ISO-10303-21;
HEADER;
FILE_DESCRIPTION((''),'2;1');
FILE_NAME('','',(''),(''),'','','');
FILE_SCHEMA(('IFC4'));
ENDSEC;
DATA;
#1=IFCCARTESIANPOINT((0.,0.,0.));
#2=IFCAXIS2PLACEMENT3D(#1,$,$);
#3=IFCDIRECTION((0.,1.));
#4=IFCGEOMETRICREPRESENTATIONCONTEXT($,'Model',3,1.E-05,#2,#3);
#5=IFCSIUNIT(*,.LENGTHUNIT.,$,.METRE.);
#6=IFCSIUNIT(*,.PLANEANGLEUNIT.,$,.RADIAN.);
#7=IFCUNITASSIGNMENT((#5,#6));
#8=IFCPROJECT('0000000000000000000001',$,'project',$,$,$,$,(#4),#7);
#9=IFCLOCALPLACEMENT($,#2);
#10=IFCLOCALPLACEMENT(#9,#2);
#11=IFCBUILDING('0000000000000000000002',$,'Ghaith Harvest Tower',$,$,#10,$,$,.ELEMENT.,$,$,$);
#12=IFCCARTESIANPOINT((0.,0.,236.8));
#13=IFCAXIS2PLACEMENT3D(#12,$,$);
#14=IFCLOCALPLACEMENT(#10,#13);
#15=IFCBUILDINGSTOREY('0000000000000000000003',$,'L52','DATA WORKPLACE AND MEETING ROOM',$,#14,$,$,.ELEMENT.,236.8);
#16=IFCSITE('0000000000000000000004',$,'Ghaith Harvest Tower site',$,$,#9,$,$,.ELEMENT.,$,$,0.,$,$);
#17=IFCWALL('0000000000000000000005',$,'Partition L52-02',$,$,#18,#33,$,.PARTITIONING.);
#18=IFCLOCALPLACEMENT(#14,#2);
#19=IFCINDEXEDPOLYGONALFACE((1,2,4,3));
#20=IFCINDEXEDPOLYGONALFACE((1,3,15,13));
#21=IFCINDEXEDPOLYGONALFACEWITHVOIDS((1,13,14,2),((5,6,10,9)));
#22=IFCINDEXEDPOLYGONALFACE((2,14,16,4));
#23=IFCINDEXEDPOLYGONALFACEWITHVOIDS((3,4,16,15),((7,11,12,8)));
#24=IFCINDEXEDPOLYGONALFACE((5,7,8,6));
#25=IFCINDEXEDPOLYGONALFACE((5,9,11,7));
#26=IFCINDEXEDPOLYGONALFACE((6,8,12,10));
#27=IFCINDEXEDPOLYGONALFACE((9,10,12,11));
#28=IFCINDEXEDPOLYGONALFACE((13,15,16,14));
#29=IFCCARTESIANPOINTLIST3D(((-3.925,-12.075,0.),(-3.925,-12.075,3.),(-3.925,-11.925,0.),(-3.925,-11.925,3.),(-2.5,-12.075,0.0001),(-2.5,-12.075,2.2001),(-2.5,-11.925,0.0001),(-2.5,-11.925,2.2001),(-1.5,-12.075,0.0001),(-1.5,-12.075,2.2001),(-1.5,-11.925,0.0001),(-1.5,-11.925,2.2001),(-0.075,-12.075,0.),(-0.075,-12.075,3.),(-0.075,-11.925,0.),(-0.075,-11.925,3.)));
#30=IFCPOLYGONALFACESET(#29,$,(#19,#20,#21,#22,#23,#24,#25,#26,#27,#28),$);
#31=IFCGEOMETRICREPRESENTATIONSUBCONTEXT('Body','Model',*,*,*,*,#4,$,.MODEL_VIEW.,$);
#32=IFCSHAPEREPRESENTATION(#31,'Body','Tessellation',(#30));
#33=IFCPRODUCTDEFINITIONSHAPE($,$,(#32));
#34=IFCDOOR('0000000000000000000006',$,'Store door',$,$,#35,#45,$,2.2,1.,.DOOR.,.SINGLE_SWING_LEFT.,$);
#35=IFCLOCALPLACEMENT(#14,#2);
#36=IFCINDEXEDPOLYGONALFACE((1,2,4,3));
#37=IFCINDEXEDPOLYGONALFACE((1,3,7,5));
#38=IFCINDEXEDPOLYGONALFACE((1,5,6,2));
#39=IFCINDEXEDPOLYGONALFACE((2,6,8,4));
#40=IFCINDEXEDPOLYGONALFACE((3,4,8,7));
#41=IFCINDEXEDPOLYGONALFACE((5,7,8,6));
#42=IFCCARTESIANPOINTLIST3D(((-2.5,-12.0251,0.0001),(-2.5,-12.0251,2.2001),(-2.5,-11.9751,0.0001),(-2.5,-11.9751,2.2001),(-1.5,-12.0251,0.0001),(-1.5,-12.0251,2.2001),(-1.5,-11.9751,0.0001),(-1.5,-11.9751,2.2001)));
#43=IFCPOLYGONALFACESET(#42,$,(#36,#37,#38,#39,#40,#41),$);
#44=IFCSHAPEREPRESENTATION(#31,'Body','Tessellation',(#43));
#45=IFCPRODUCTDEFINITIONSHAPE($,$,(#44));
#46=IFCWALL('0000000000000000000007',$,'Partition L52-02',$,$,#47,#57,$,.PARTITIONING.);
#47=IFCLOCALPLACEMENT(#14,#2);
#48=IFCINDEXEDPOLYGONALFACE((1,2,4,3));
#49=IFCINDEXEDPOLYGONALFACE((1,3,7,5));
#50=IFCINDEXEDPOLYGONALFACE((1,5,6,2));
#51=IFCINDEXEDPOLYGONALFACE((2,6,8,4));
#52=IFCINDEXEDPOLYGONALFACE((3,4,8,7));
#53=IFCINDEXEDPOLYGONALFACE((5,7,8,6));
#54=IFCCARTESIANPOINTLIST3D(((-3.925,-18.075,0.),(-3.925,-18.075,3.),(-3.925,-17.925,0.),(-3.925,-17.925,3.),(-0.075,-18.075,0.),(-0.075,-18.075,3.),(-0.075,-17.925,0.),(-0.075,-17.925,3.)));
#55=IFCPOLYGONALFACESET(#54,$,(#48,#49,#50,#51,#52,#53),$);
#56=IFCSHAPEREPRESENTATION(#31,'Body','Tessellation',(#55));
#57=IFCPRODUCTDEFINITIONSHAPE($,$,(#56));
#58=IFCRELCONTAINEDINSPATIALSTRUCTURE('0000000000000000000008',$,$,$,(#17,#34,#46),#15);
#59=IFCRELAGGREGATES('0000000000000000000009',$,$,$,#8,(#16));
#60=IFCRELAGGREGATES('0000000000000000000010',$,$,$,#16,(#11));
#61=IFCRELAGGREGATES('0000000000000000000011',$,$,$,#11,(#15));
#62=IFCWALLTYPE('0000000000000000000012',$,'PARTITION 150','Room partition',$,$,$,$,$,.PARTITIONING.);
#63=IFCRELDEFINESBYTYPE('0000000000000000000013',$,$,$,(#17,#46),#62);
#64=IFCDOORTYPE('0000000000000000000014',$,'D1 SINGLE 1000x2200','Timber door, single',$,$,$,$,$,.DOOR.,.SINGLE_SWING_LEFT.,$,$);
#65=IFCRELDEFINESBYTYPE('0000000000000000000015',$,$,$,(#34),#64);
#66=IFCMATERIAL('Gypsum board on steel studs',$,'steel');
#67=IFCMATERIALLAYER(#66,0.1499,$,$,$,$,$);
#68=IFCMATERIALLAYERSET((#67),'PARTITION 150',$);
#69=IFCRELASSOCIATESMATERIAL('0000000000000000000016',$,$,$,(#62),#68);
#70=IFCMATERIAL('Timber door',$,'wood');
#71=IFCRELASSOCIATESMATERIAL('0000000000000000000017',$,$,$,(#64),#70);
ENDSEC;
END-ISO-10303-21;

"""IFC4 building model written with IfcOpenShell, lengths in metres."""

from ifc_helpers import new_model, si_unit, direction, frame, frame_2d, origin, place, context, subcontext, project, spatial, rectangle, extrude, material, layer, layer_set, type_object, element, fill, save


model = new_model("IFC4")

# Units and contexts
model_context = context("Model", 3, precision=1e-05, world=origin(), true_north=direction((0.0, 1.0)))
body_context = subcontext(model_context, "Body", "Model", "MODEL_VIEW")
ifc_project = project(units=[si_unit("LENGTHUNIT", "METRE"), si_unit("PLANEANGLEUNIT", "RADIAN")], contexts=[model_context])

# Site, building, storey
site_placement = place(None, origin())
site = spatial("IfcSite", under=ifc_project, at=site_placement, Name="Ghaith Harvest Tower site", CompositionType="ELEMENT", RefElevation=0.0)
building_placement = place(site_placement, origin())
building = spatial("IfcBuilding", under=site, at=building_placement, Name="Ghaith Harvest Tower", CompositionType="ELEMENT")
storey_placement = place(building_placement, frame((0.0, 0.0, 236.8)))
storey = spatial("IfcBuildingStorey", under=building, at=storey_placement, Name="L52", Description="DATA WORKPLACE AND MEETING ROOM", CompositionType="ELEMENT", Elevation=236.8)

# Shared definitions
ifc_material_1 = material(Name="Gypsum board on steel studs", Category="steel")
ifc_layer_1 = layer(ifc_material_1, 0.1499)
ifc_layer_set_1 = layer_set([ifc_layer_1], Name="PARTITION 150")
wall_type = type_object("IfcWallType", Name="PARTITION 150", Description="Room partition", PredefinedType="PARTITIONING", material=ifc_layer_set_1)

# Wall, opening, door
wall_1_placement = place(storey_placement, frame((-3.925, -12.0, 0.0), z_axis=(0.0, 0.0, 1.0), x_axis=(1.0, 0.0, 0.0)))
wall_1 = element("IfcWall", 1, at=wall_1_placement, inside=storey, type_object=wall_type, Name="Partition L52-02", PredefinedType="PARTITIONING", context=body_context, shape_type="SweptSolid", body=[
    extrude(rectangle(XDim=3.8501, YDim=0.1499, at=frame_2d((1.925, 0.0))), origin(), (0.0, 0.0, 1.0), 3.0),
])
opening_1_placement = place(wall_1_placement, frame((1.425, 0.0, 0.0)))
opening_1 = element("IfcOpeningElement", 2, at=opening_1_placement, cuts=wall_1, PredefinedType="OPENING", context=body_context, shape_type="SweptSolid", body=[
    extrude(rectangle(XDim=1.0, YDim=2.2, at=frame_2d((0.5, 1.1001))), frame((0.0, 0.085, 0.0), z_axis=(0.0, -1.0, 0.0), x_axis=(1.0, 0.0, 0.0)), (0.0, 0.0, 1.0), 0.1699),
])
ifc_material_2 = material(Name="Timber door", Category="wood")
door_type_1 = type_object("IfcDoorType", Name="D1 SINGLE 1000x2200", Description="Timber door, single", OperationType="SINGLE_SWING_LEFT", PredefinedType="DOOR", material=ifc_material_2)
door_1_placement = place(opening_1_placement, origin())
door_1 = element("IfcDoor", 3, at=door_1_placement, inside=storey, type_object=door_type_1, Name="Store door", OperationType="SINGLE_SWING_LEFT", OverallHeight=2.2, OverallWidth=1.0, PredefinedType="DOOR", context=body_context, shape_type="SweptSolid", body=[
    extrude(rectangle(XDim=1.0, YDim=2.2, at=frame_2d((0.5, 1.1001))), frame((0.0, 0.0249, 0.0), z_axis=(0.0, -1.0, 0.0), x_axis=(1.0, 0.0, 0.0)), (0.0, 0.0, 1.0), 0.05),
])
fill(opening_1, door_1)

# Wall
wall_2_placement = place(storey_placement, frame((-3.925, -18.0, 0.0), z_axis=(0.0, 0.0, 1.0), x_axis=(1.0, 0.0, 0.0)))
element("IfcWall", 4, at=wall_2_placement, inside=storey, type_object=wall_type, Name="Partition L52-02", PredefinedType="PARTITIONING", context=body_context, shape_type="SweptSolid", body=[
    extrude(rectangle(XDim=3.8501, YDim=0.1499, at=frame_2d((1.925, 0.0))), origin(), (0.0, 0.0, 1.0), 3.0),
])

save(model, "model.ifc")
